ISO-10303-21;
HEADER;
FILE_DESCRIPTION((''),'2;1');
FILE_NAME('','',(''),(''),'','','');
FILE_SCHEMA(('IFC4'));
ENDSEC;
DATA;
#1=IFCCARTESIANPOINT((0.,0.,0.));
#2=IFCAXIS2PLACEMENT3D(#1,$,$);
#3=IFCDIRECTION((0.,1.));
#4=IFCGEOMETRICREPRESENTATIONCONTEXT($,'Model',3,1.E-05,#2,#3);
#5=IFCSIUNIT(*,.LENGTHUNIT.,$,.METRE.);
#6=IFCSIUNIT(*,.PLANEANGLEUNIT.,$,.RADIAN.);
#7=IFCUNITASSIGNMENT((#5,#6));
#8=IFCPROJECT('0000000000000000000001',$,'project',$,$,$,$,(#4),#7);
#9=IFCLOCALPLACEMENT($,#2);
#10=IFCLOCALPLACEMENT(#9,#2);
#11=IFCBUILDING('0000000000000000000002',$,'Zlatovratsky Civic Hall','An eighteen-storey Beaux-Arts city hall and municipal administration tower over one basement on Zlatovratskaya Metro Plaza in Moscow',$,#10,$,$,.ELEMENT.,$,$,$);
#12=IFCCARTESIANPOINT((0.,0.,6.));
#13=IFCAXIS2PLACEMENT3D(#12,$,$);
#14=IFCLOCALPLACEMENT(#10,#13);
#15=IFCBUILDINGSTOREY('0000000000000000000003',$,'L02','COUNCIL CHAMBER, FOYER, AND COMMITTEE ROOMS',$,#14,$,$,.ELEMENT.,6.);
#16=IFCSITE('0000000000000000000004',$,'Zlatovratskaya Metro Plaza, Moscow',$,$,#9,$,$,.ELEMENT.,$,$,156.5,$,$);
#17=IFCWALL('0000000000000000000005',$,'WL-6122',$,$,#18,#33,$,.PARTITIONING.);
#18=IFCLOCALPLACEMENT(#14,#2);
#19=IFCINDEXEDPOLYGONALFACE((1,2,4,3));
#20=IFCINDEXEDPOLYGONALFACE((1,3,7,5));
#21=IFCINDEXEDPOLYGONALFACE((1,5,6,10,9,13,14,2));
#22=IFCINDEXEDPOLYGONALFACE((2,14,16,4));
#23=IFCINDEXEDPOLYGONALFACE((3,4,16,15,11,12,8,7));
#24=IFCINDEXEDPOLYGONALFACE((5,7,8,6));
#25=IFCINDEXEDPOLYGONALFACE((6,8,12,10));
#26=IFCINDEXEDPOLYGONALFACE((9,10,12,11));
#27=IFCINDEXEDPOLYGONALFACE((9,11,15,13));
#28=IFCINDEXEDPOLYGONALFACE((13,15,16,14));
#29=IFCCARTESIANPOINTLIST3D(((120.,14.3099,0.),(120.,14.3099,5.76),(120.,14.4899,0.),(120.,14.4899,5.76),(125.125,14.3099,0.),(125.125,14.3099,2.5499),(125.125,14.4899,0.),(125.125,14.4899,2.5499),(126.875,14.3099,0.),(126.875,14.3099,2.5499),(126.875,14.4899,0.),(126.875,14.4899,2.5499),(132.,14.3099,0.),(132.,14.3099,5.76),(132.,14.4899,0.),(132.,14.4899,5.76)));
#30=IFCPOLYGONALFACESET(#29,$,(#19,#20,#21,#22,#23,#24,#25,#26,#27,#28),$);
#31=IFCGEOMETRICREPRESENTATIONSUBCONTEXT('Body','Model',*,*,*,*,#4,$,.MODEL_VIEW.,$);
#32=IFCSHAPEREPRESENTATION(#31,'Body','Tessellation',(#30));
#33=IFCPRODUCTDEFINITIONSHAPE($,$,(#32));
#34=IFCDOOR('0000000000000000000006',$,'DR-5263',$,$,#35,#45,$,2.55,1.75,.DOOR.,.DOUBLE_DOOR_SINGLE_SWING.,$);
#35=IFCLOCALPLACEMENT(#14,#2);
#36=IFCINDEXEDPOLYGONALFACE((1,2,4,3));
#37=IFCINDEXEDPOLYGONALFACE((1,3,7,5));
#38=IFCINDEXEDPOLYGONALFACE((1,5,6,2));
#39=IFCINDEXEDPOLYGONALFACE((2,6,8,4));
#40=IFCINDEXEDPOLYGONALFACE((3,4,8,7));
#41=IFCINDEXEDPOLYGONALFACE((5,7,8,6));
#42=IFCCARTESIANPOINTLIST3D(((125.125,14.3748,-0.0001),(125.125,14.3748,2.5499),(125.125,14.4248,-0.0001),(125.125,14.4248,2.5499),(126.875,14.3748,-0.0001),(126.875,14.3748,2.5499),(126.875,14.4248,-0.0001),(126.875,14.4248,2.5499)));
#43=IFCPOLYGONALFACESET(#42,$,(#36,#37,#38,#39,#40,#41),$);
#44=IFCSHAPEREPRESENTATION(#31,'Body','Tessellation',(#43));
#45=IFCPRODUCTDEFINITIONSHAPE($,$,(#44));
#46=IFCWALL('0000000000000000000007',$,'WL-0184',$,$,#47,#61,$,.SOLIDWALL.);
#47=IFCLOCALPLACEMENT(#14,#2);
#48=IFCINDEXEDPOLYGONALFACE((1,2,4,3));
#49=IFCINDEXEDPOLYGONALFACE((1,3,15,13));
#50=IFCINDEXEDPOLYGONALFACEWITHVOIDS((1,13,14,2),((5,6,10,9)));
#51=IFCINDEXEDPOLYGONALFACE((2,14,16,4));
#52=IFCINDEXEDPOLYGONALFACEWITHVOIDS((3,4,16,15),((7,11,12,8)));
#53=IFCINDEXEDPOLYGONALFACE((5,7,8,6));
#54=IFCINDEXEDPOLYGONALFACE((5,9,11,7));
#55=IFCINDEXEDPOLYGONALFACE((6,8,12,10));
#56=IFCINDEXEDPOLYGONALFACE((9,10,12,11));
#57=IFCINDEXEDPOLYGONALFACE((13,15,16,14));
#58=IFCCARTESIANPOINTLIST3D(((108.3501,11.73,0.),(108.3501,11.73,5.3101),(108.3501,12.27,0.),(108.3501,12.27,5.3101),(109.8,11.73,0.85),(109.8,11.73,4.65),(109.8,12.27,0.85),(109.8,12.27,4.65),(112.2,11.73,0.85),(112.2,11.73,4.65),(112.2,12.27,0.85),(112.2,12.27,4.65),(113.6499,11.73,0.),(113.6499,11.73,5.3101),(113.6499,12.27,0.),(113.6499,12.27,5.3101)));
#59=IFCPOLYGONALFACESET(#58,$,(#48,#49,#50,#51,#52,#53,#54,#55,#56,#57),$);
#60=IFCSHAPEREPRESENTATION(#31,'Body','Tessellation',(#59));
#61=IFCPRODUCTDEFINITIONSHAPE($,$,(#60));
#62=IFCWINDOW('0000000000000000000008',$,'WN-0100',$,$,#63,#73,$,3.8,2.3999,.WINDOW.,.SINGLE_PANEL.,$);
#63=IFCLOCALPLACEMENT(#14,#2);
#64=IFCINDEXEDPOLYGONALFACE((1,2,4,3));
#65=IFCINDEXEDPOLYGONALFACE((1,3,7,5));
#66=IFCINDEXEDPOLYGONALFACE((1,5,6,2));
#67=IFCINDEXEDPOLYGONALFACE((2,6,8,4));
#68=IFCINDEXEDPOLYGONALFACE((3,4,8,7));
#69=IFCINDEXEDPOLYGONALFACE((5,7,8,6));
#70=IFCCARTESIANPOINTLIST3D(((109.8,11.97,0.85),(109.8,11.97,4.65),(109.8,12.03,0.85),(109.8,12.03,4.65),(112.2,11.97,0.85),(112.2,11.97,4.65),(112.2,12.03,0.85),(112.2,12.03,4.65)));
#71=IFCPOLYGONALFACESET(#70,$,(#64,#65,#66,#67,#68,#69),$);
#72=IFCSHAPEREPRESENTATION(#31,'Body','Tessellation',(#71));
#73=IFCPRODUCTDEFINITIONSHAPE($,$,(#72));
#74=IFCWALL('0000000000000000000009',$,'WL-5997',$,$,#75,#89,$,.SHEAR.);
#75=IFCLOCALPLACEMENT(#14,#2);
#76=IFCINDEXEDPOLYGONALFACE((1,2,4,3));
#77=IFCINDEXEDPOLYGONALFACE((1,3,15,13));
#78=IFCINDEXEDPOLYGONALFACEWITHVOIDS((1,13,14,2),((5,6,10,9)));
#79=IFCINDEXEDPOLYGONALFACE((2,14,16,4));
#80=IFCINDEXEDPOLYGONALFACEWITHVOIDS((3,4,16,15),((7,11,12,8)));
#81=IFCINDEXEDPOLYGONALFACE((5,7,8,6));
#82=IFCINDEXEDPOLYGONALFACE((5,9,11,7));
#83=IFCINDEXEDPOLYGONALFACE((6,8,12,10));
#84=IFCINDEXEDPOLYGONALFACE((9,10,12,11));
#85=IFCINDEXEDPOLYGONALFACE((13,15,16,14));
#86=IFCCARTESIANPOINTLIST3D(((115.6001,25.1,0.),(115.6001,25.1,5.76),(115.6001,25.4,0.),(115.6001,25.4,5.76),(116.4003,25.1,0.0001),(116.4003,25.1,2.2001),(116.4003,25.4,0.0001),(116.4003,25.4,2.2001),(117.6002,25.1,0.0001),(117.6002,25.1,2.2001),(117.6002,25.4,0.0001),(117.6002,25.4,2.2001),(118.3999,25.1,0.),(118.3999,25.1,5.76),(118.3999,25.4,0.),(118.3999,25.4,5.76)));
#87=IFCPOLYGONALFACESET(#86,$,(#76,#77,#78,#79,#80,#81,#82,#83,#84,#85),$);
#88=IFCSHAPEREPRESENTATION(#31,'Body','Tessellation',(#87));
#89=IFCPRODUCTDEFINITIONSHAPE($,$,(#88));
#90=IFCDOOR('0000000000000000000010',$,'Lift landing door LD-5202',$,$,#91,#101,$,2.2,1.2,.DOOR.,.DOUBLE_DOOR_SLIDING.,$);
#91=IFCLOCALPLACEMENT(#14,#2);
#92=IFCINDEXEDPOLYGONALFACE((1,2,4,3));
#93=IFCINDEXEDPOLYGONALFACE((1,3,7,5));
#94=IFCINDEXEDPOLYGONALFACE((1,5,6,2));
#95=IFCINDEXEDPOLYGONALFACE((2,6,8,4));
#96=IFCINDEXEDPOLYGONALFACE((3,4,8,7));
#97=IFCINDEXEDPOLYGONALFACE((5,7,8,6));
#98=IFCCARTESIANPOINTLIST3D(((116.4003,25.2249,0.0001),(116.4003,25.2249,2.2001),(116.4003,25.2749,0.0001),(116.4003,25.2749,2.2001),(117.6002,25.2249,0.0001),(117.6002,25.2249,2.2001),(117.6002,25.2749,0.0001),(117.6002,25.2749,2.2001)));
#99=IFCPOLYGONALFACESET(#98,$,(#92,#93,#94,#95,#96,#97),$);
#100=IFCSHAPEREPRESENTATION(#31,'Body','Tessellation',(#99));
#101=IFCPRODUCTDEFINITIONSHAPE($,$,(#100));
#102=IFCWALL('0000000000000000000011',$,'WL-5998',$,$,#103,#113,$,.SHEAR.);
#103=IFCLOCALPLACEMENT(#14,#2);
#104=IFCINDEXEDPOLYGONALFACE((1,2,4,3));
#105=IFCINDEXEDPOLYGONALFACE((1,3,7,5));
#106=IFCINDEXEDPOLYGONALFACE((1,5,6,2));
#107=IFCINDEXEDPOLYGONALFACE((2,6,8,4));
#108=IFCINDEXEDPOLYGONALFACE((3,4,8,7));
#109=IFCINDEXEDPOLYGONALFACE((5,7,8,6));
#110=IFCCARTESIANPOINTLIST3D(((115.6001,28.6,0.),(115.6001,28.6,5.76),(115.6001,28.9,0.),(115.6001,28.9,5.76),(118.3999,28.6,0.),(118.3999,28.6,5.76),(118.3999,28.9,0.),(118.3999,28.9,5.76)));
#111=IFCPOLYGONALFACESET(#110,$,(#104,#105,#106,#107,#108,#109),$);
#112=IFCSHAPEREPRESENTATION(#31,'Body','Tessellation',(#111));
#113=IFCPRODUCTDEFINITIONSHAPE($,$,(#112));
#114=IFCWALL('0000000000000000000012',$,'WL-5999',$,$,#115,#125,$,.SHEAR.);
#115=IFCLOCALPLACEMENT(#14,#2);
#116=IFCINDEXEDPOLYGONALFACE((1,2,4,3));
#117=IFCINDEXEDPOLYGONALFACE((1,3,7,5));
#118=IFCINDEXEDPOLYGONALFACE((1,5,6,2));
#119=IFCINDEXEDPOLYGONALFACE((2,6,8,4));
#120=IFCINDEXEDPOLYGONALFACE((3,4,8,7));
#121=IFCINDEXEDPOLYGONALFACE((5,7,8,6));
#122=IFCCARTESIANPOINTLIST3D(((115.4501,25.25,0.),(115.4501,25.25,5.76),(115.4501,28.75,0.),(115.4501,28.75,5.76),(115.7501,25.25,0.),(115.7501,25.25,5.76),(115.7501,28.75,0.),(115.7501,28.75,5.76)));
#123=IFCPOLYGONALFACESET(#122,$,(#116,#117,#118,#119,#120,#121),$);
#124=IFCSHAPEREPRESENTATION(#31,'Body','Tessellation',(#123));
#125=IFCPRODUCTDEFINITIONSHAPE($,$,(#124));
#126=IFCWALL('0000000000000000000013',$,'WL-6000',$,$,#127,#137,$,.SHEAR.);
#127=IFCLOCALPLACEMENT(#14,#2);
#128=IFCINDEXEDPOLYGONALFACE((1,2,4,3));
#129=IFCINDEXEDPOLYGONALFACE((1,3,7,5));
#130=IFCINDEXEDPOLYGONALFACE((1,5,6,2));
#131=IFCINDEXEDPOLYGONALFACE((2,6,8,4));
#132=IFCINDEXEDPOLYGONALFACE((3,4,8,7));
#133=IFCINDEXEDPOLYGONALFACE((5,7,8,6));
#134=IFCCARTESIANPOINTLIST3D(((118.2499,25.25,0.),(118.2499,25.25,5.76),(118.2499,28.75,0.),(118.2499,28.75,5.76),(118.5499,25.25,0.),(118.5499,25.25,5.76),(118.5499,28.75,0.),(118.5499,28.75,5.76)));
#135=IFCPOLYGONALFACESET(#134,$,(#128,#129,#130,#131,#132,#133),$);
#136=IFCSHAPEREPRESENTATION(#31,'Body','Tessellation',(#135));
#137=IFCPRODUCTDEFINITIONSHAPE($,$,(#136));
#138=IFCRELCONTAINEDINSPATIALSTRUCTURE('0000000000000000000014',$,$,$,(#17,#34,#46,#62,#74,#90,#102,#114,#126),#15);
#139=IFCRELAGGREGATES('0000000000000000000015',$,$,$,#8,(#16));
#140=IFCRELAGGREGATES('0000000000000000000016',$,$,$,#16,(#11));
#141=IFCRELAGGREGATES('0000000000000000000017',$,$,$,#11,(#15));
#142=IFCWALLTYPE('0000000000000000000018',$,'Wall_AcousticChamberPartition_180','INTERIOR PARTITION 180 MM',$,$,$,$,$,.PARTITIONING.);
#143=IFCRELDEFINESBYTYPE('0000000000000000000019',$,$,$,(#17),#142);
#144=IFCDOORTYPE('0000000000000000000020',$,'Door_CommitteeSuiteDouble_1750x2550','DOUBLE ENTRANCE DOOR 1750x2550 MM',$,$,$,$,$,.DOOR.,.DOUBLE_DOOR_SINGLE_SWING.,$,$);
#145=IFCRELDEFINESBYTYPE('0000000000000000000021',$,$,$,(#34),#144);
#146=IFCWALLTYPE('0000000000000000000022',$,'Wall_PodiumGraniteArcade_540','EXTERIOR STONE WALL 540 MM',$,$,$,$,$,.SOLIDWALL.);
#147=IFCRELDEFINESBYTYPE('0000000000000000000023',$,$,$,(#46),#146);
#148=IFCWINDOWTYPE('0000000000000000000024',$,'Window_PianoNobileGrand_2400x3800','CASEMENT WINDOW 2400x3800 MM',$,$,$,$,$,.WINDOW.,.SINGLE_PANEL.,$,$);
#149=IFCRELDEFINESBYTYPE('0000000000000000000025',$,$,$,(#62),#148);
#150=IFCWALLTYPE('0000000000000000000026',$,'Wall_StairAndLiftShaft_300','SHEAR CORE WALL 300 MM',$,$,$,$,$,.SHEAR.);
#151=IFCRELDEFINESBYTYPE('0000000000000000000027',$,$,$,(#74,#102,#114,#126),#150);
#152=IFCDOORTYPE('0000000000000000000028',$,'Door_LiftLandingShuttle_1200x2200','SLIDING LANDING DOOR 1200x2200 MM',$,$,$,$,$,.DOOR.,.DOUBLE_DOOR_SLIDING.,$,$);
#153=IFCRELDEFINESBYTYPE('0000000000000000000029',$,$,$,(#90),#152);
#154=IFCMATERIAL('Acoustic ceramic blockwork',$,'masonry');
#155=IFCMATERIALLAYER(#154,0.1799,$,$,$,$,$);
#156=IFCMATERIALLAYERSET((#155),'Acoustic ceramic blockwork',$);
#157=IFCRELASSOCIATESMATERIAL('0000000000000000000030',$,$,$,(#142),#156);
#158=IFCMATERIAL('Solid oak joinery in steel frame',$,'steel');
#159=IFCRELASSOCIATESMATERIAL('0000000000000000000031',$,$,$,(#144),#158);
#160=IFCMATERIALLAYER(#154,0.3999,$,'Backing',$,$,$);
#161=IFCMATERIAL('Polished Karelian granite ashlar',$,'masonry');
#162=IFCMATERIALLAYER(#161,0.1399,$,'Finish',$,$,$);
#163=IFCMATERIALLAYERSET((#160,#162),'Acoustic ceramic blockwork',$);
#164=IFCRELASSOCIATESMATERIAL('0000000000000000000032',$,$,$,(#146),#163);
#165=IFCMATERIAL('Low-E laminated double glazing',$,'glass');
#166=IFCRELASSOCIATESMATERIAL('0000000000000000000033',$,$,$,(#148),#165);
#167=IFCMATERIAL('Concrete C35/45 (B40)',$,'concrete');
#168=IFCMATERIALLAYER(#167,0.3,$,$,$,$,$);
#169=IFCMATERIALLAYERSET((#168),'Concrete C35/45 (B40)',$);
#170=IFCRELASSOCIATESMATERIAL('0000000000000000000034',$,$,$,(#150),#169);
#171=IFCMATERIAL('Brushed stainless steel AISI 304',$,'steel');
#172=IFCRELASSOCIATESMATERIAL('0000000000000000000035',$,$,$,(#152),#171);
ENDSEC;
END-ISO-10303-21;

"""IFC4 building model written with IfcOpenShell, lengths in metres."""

from ifc_helpers import new_model, si_unit, direction, frame, frame_2d, origin, place, context, subcontext, project, spatial, rectangle, extrude, material, layer, layer_set, type_object, element, fill, save


model = new_model("IFC4")

# Units and contexts
model_context = context("Model", 3, precision=1e-05, world=origin(), true_north=direction((0.0, 1.0)))
body_context = subcontext(model_context, "Body", "Model", "MODEL_VIEW")
ifc_project = project(units=[si_unit("LENGTHUNIT", "METRE"), si_unit("PLANEANGLEUNIT", "RADIAN")], contexts=[model_context])

# Site, building, storey
site_placement = place(None, origin())
site = spatial("IfcSite", under=ifc_project, at=site_placement, Name="Zlatovratskaya Metro Plaza, Moscow", CompositionType="ELEMENT", RefElevation=156.5)
building_placement = place(site_placement, origin())
building = spatial("IfcBuilding", under=site, at=building_placement, Name="Zlatovratsky Civic Hall", Description="An eighteen-storey Beaux-Arts city hall and municipal administration tower over one basement on Zlatovratskaya Metro Plaza in Moscow", CompositionType="ELEMENT")
storey_placement = place(building_placement, frame((0.0, 0.0, 6.0)))
storey = spatial("IfcBuildingStorey", under=building, at=storey_placement, Name="L02", Description="COUNCIL CHAMBER, FOYER, AND COMMITTEE ROOMS", CompositionType="ELEMENT", Elevation=6.0)

# Shared definitions
ifc_material_1 = material(Name="Concrete C35/45 (B40)", Category="concrete")

# Wall, opening, door
ifc_material_2 = material(Name="Acoustic ceramic blockwork", Category="masonry")
ifc_layer_1 = layer(ifc_material_2, 0.1799)
ifc_layer_set_1 = layer_set([ifc_layer_1], Name="Acoustic ceramic blockwork")
wall_type_1 = type_object("IfcWallType", Name="Wall_AcousticChamberPartition_180", Description="INTERIOR PARTITION 180 MM", PredefinedType="PARTITIONING", material=ifc_layer_set_1)
wall_1_placement = place(storey_placement, frame((120.0, 14.3999, 0.0), z_axis=(0.0, 0.0, 1.0), x_axis=(1.0, 0.0, 0.0)))
wall_1 = element("IfcWall", 1, at=wall_1_placement, inside=storey, type_object=wall_type_1, Name="WL-6122", PredefinedType="PARTITIONING", context=body_context, shape_type="SweptSolid", body=[
    extrude(rectangle(XDim=12.0, YDim=0.1799, at=frame_2d((6.0, 0.0))), origin(), (0.0, 0.0, 1.0), 5.76),
])
opening_1_placement = place(wall_1_placement, frame((5.125, 0.0, 0.0)))
opening_1 = element("IfcOpeningElement", 2, at=opening_1_placement, cuts=wall_1, PredefinedType="OPENING", context=body_context, shape_type="SweptSolid", body=[
    extrude(rectangle(XDim=1.75, YDim=2.55, at=frame_2d((0.875, 1.2749))), frame((0.0, 0.105, 0.0), z_axis=(0.0, -1.0, 0.0), x_axis=(1.0, 0.0, 0.0)), (0.0, 0.0, 1.0), 0.2097),
])
ifc_material_3 = material(Name="Solid oak joinery in steel frame", Category="steel")
door_type_1 = type_object("IfcDoorType", Name="Door_CommitteeSuiteDouble_1750x2550", Description="DOUBLE ENTRANCE DOOR 1750x2550 MM", OperationType="DOUBLE_DOOR_SINGLE_SWING", PredefinedType="DOOR", material=ifc_material_3)
door_1_placement = place(opening_1_placement, origin())
door_1 = element("IfcDoor", 3, at=door_1_placement, inside=storey, type_object=door_type_1, Name="DR-5263", OperationType="DOUBLE_DOOR_SINGLE_SWING", OverallHeight=2.55, OverallWidth=1.75, PredefinedType="DOOR", context=body_context, shape_type="SweptSolid", body=[
    extrude(rectangle(XDim=1.75, YDim=2.55, at=frame_2d((0.875, 1.2749))), frame((0.0, 0.0249, 0.0), z_axis=(0.0, -1.0, 0.0), x_axis=(1.0, 0.0, 0.0)), (0.0, 0.0, 1.0), 0.05),
])
fill(opening_1, door_1)

# Wall, opening, window
ifc_layer_2 = layer(ifc_material_2, 0.3999, Name="Backing")
ifc_material_4 = material(Name="Polished Karelian granite ashlar", Category="masonry")
ifc_layer_3 = layer(ifc_material_4, 0.1399, Name="Finish")
ifc_layer_set_2 = layer_set([ifc_layer_2, ifc_layer_3], Name="Acoustic ceramic blockwork")
wall_type_2 = type_object("IfcWallType", Name="Wall_PodiumGraniteArcade_540", Description="EXTERIOR STONE WALL 540 MM", PredefinedType="SOLIDWALL", material=ifc_layer_set_2)
wall_2_placement = place(storey_placement, frame((108.3501, 12.0, 0.0), z_axis=(0.0, 0.0, 1.0), x_axis=(1.0, 0.0, 0.0)))
wall_2 = element("IfcWall", 4, at=wall_2_placement, inside=storey, type_object=wall_type_2, Name="WL-0184", PredefinedType="SOLIDWALL", context=body_context, shape_type="SweptSolid", body=[
    extrude(rectangle(XDim=5.2998, YDim=0.54, at=frame_2d((2.6499, 0.0))), origin(), (0.0, 0.0, 1.0), 5.3101),
])
opening_2_placement = place(wall_2_placement, frame((1.45, 0.0, 0.8501)))
opening_2 = element("IfcOpeningElement", 5, at=opening_2_placement, cuts=wall_2, PredefinedType="OPENING", context=body_context, shape_type="SweptSolid", body=[
    extrude(rectangle(XDim=2.3999, YDim=3.8, at=frame_2d((1.2, 1.8999))), frame((0.0, 0.2849, 0.0), z_axis=(0.0, -1.0, 0.0), x_axis=(1.0, 0.0, 0.0)), (0.0, 0.0, 1.0), 0.5698),
])
ifc_material_5 = material(Name="Low-E laminated double glazing", Category="glass")
window_type = type_object("IfcWindowType", Name="Window_PianoNobileGrand_2400x3800", Description="CASEMENT WINDOW 2400x3800 MM", PartitioningType="SINGLE_PANEL", PredefinedType="WINDOW", material=ifc_material_5)
window_placement = place(opening_2_placement, origin())
window = element("IfcWindow", 6, at=window_placement, inside=storey, type_object=window_type, Name="WN-0100", OverallHeight=3.8, OverallWidth=2.3999, PartitioningType="SINGLE_PANEL", PredefinedType="WINDOW", context=body_context, shape_type="SweptSolid", body=[
    extrude(rectangle(XDim=2.3999, YDim=3.8, at=frame_2d((1.2, 1.8999))), frame((0.0, 0.03, 0.0), z_axis=(0.0, -1.0, 0.0), x_axis=(1.0, 0.0, 0.0)), (0.0, 0.0, 1.0), 0.0601),
])
fill(opening_2, window)

# Wall, opening, door
ifc_layer_4 = layer(ifc_material_1, 0.3)
ifc_layer_set_3 = layer_set([ifc_layer_4], Name="Concrete C35/45 (B40)")
wall_type_3 = type_object("IfcWallType", Name="Wall_StairAndLiftShaft_300", Description="SHEAR CORE WALL 300 MM", PredefinedType="SHEAR", material=ifc_layer_set_3)
wall_3_placement = place(storey_placement, frame((115.6001, 25.25, 0.0), z_axis=(0.0, 0.0, 1.0), x_axis=(1.0, 0.0, 0.0)))
wall_3 = element("IfcWall", 7, at=wall_3_placement, inside=storey, type_object=wall_type_3, Name="WL-5997", PredefinedType="SHEAR", context=body_context, shape_type="SweptSolid", body=[
    extrude(rectangle(XDim=2.7998, YDim=0.3, at=frame_2d((1.3999, 0.0))), origin(), (0.0, 0.0, 1.0), 5.76),
])
opening_3_placement = place(wall_3_placement, frame((0.8, 0.0, 0.0)))
opening_3 = element("IfcOpeningElement", 8, at=opening_3_placement, cuts=wall_3, PredefinedType="OPENING", context=body_context, shape_type="SweptSolid", body=[
    extrude(rectangle(XDim=1.2, YDim=2.2, at=frame_2d((0.6001, 1.1001))), frame((0.0, 0.165, 0.0), z_axis=(0.0, -1.0, 0.0), x_axis=(1.0, 0.0, 0.0)), (0.0, 0.0, 1.0), 0.3298),
])
ifc_material_6 = material(Name="Brushed stainless steel AISI 304", Category="steel")
door_type_2 = type_object("IfcDoorType", Name="Door_LiftLandingShuttle_1200x2200", Description="SLIDING LANDING DOOR 1200x2200 MM", OperationType="DOUBLE_DOOR_SLIDING", PredefinedType="DOOR", material=ifc_material_6)
door_2_placement = place(opening_3_placement, origin())
door_2 = element("IfcDoor", 9, at=door_2_placement, inside=storey, type_object=door_type_2, Name="Lift landing door LD-5202", OperationType="DOUBLE_DOOR_SLIDING", OverallHeight=2.2, OverallWidth=1.2, PredefinedType="DOOR", context=body_context, shape_type="SweptSolid", body=[
    extrude(rectangle(XDim=1.2, YDim=2.2, at=frame_2d((0.6001, 1.1001))), frame((0.0, 0.0249, 0.0), z_axis=(0.0, -1.0, 0.0), x_axis=(1.0, 0.0, 0.0)), (0.0, 0.0, 1.0), 0.05),
])
fill(opening_3, door_2)

# Walls
wall_4_placement = place(storey_placement, frame((115.6001, 28.75, 0.0), z_axis=(0.0, 0.0, 1.0), x_axis=(1.0, 0.0, 0.0)))
element("IfcWall", 10, at=wall_4_placement, inside=storey, type_object=wall_type_3, Name="WL-5998", PredefinedType="SHEAR", context=body_context, shape_type="SweptSolid", body=[
    extrude(rectangle(XDim=2.7998, YDim=0.3, at=frame_2d((1.3999, 0.0))), origin(), (0.0, 0.0, 1.0), 5.76),
])
for number, where, z_axis, x_axis, name in (
    (11, (115.6001, 25.25, 0.0), (0.0, 0.0, 1.0), (0.0, 1.0, 0.0), "WL-5999"),
    (12, (118.3999, 25.25, 0.0), (0.0, 0.0, 1.0), (0.0, 1.0, 0.0), "WL-6000"),
):
    element("IfcWall", number, at=place(storey_placement, frame(where, z_axis=z_axis, x_axis=x_axis)), inside=storey, type_object=wall_type_3, Name=name, PredefinedType="SHEAR", context=body_context, shape_type="SweptSolid", body=[
        extrude(rectangle(XDim=3.5, YDim=0.3, at=frame_2d((1.75, 0.0))), origin(), (0.0, 0.0, 1.0), 5.76),
    ])

save(model, "model.ifc")
